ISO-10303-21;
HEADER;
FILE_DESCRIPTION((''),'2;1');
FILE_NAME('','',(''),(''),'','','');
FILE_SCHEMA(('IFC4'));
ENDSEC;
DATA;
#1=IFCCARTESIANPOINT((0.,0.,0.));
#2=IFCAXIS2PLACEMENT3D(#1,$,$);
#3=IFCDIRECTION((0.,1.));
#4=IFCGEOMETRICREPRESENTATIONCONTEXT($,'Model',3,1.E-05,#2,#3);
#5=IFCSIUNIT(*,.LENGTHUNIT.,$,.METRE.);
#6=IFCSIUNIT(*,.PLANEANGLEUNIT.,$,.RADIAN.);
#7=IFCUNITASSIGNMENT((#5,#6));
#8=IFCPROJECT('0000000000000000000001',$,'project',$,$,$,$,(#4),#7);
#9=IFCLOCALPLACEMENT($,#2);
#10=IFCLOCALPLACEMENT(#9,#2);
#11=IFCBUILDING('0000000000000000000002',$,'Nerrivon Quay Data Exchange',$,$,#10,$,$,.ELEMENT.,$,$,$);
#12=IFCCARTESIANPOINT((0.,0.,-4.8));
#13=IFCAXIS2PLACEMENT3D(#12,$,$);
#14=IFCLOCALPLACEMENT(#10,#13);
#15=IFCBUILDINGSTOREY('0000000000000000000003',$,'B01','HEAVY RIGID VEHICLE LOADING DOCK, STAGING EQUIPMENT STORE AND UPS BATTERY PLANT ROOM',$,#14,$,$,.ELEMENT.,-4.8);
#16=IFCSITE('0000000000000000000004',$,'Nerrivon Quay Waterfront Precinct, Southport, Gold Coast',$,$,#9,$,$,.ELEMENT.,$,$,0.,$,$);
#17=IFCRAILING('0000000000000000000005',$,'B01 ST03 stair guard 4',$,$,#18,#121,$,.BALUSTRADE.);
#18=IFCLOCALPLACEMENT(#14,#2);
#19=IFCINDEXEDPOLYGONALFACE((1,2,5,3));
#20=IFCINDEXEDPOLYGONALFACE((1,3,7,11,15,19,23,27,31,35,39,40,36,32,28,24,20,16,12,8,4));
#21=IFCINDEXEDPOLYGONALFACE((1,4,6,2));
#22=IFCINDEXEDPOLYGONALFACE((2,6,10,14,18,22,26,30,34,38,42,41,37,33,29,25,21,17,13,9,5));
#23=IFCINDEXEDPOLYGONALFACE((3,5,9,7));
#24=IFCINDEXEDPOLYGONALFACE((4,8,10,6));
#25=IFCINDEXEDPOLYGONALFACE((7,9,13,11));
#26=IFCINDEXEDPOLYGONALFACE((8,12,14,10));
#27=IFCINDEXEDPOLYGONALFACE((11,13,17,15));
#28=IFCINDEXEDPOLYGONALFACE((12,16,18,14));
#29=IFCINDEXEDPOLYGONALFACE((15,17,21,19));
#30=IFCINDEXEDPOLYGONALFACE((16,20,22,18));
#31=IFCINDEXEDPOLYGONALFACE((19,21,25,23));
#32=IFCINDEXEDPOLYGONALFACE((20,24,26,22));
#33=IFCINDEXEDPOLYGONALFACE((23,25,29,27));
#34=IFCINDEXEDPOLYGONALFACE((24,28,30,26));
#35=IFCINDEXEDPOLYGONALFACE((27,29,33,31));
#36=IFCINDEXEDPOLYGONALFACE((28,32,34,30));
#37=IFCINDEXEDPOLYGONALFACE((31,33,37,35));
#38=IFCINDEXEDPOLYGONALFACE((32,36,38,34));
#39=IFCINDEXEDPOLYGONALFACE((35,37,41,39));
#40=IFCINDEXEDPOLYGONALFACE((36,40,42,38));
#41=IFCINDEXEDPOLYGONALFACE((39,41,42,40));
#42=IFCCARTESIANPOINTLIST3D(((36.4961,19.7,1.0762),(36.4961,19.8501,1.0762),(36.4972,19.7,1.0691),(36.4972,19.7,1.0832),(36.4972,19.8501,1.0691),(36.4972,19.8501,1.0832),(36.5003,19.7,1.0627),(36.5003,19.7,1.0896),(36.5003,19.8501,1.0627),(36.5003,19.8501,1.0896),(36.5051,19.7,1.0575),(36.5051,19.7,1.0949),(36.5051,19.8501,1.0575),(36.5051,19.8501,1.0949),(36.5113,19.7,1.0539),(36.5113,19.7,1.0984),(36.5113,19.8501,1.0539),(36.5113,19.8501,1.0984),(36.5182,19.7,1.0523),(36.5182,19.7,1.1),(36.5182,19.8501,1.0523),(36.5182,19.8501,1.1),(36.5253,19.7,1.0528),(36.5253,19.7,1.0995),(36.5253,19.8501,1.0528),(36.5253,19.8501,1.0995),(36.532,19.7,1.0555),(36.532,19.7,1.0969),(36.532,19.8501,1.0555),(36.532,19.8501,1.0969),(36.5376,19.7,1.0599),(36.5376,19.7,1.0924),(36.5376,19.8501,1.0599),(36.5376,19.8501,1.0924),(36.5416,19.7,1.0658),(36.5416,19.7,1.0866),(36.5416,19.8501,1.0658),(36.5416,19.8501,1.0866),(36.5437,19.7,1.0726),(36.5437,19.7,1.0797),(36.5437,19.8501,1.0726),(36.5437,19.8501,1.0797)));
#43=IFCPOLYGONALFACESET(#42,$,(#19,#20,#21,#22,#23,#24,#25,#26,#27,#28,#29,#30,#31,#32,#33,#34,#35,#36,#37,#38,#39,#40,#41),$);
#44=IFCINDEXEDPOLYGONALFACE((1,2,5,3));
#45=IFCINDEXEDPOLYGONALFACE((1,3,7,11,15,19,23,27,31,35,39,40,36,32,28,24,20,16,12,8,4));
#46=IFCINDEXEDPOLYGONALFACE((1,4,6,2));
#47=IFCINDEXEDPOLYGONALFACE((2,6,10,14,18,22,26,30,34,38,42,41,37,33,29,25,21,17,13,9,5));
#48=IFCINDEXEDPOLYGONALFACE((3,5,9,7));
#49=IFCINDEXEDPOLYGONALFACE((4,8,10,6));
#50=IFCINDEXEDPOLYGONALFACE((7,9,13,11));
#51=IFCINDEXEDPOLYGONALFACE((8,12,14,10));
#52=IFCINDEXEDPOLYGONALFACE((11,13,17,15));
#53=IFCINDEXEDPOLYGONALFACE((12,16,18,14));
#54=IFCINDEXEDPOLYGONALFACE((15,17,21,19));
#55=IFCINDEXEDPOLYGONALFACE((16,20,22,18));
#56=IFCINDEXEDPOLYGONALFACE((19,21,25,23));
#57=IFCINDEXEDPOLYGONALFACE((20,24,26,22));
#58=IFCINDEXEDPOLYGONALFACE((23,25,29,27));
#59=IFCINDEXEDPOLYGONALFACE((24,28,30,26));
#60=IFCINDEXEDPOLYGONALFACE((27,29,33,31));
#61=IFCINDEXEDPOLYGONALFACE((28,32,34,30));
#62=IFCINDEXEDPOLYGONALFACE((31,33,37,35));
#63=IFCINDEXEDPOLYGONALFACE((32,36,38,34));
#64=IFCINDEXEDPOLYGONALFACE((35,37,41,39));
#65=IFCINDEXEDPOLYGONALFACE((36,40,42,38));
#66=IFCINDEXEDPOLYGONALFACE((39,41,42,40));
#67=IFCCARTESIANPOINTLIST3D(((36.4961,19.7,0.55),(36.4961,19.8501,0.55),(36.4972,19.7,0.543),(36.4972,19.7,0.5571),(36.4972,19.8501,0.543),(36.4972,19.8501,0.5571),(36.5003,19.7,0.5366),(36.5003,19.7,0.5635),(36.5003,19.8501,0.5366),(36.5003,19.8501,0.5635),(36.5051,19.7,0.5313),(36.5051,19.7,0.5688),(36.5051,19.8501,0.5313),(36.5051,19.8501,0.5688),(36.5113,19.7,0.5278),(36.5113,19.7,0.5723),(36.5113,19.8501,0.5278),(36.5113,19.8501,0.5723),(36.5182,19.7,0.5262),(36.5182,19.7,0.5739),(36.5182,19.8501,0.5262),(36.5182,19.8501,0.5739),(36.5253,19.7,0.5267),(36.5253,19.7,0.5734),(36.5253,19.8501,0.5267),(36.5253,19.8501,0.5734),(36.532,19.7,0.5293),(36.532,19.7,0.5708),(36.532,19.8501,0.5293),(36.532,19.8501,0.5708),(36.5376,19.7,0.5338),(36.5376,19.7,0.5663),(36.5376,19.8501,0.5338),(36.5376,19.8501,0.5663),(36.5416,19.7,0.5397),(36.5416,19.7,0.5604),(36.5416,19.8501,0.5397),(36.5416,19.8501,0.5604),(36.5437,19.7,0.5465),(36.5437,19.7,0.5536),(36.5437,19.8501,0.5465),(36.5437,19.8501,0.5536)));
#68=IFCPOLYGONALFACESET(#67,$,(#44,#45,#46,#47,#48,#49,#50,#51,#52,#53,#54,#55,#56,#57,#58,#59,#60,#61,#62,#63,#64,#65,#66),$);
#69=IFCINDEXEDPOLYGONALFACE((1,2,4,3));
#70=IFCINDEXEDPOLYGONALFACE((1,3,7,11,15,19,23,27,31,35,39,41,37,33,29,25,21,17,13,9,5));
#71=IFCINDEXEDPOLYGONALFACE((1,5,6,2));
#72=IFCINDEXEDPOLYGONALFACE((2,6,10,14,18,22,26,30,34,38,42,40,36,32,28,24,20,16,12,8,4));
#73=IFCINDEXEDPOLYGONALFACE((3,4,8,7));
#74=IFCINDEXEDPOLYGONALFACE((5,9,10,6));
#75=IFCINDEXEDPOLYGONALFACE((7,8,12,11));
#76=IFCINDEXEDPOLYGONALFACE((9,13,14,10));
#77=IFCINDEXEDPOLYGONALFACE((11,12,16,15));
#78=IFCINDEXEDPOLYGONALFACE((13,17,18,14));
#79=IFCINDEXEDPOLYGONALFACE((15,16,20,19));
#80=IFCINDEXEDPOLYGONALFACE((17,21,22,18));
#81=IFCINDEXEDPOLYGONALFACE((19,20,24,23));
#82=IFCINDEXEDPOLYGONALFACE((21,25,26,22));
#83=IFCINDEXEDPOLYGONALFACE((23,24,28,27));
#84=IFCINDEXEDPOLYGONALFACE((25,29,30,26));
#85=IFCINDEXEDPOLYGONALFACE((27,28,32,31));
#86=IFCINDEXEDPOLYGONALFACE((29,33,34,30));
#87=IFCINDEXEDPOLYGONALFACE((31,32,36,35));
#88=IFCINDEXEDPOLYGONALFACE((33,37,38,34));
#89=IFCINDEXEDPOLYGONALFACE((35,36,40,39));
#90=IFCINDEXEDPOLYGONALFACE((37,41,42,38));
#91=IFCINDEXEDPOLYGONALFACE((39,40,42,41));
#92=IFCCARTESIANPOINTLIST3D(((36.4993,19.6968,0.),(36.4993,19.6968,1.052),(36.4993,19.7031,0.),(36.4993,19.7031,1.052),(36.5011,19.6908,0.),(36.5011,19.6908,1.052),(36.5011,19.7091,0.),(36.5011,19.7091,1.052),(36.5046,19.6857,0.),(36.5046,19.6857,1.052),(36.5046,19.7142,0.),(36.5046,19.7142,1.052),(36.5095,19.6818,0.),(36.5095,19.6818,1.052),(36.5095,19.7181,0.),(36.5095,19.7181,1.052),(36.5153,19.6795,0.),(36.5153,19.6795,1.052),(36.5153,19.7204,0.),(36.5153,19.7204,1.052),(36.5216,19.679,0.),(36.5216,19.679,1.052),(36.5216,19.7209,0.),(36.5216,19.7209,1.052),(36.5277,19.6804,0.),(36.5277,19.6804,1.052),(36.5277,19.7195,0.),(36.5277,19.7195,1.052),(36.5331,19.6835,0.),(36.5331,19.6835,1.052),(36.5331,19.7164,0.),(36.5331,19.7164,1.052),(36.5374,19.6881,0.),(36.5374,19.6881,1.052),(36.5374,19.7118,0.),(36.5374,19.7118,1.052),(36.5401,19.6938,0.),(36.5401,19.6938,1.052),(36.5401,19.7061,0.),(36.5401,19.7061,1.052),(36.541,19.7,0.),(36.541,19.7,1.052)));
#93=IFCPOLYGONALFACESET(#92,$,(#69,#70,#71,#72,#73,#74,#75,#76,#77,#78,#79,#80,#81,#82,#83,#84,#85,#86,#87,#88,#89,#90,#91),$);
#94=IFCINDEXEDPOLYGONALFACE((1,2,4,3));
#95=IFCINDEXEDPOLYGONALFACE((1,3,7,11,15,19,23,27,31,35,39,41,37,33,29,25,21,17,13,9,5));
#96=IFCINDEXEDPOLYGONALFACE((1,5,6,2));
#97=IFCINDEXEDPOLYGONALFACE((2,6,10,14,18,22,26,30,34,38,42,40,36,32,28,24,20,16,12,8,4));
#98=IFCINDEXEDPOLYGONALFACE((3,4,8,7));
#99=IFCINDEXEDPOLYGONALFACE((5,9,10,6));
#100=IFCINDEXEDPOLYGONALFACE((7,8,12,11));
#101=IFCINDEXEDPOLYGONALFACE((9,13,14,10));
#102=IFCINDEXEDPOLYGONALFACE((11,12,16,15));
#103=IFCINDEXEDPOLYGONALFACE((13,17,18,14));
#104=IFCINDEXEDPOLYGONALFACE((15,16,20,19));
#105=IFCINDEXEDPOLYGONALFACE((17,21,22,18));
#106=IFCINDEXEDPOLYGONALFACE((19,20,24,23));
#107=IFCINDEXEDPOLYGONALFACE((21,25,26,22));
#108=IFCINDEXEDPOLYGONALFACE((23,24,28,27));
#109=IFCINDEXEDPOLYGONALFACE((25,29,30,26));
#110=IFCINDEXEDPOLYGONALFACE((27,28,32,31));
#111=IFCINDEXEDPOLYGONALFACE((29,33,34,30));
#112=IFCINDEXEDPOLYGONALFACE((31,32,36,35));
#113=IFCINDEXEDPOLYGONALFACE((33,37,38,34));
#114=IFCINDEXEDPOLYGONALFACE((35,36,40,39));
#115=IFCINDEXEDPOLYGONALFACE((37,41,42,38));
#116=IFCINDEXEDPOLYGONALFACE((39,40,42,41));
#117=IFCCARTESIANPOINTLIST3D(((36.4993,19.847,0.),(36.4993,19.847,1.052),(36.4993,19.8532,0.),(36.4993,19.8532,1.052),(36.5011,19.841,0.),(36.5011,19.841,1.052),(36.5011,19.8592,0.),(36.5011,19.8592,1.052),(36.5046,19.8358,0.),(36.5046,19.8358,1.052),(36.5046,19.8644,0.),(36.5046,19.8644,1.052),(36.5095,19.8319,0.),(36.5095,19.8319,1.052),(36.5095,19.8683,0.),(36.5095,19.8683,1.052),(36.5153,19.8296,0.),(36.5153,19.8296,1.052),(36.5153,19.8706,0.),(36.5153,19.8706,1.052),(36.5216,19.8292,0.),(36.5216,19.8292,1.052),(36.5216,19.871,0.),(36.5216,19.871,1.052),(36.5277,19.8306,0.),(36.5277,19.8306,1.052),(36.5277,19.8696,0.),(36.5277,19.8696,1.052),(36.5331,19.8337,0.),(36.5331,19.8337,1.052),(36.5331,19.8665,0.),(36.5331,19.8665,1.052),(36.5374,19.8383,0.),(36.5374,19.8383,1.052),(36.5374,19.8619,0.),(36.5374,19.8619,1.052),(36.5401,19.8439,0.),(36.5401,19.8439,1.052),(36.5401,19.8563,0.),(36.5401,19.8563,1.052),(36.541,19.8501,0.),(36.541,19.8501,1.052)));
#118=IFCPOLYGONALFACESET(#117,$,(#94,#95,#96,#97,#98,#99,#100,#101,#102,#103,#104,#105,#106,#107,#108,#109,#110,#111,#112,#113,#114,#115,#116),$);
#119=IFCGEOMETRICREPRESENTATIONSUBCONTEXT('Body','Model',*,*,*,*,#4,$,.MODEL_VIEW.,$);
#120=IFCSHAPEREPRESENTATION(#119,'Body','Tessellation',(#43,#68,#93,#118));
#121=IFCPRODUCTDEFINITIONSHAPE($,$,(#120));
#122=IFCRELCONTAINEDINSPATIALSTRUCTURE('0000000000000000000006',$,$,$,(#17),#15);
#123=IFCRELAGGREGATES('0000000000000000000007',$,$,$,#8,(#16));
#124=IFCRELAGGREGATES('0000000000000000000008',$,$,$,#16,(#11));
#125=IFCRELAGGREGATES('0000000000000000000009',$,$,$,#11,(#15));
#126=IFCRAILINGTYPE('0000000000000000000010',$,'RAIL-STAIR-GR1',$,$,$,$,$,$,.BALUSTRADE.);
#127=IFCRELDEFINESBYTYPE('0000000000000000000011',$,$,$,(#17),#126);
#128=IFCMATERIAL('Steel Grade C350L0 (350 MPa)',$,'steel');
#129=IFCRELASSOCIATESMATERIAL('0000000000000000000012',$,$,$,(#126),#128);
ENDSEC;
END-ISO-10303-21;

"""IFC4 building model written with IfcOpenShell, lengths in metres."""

from ifc_helpers import new_model, si_unit, direction, frame, origin, origin_2d, place, context, subcontext, project, spatial, circle, extrude, material, type_object, element, save


model = new_model("IFC4")

# Units and contexts
model_context = context("Model", 3, precision=1e-05, world=origin(), true_north=direction((0.0, 1.0)))
body_context = subcontext(model_context, "Body", "Model", "MODEL_VIEW")
ifc_project = project(units=[si_unit("LENGTHUNIT", "METRE"), si_unit("PLANEANGLEUNIT", "RADIAN")], contexts=[model_context])

# Site, building, storey
site_placement = place(None, origin())
site = spatial("IfcSite", under=ifc_project, at=site_placement, Name="Nerrivon Quay Waterfront Precinct, Southport, Gold Coast", CompositionType="ELEMENT", RefElevation=0.0)
building_placement = place(site_placement, origin())
building = spatial("IfcBuilding", under=site, at=building_placement, Name="Nerrivon Quay Data Exchange", CompositionType="ELEMENT")
storey_placement = place(building_placement, frame((0.0, 0.0, -4.8)))
storey = spatial("IfcBuildingStorey", under=building, at=storey_placement, Name="B01", Description="HEAVY RIGID VEHICLE LOADING DOCK, STAGING EQUIPMENT STORE AND UPS BATTERY PLANT ROOM", CompositionType="ELEMENT", Elevation=-4.8)

# Railing
ifc_material_1 = material(Name="Steel Grade C350L0 (350 MPa)", Category="steel")
railing_type_1 = type_object("IfcRailingType", Name="RAIL-STAIR-GR1", PredefinedType="BALUSTRADE", material=ifc_material_1)
railing_1_placement = place(storey_placement, frame((36.52, 19.7, 0.0)))
element("IfcRailing", 1, at=railing_1_placement, inside=storey, type_object=railing_type_1, Name="B01 ST03 stair guard 4", PredefinedType="BALUSTRADE", context=body_context, shape_type="SweptSolid", body=[
    extrude(circle(Radius=0.0239, at=origin_2d()), frame((0.0, 0.0, 1.0762), z_axis=(0.0, 1.0, 0.0), x_axis=(-1.0, 0.0, 0.0)), (0.0, 0.0, 1.0), 0.1501),
    extrude(circle(Radius=0.0239, at=origin_2d()), frame((0.0, 0.0, 0.55), z_axis=(0.0, 1.0, 0.0), x_axis=(-1.0, 0.0, 0.0)), (0.0, 0.0, 1.0), 0.1501),
    extrude(circle(Radius=0.021, at=origin_2d()), origin(), (0.0, 0.0, 1.0), 1.052),
    extrude(circle(Radius=0.021, at=origin_2d()), frame((0.0, 0.1501, 0.0)), (0.0, 0.0, 1.0), 1.052),
])

save(model, "model.ifc")
